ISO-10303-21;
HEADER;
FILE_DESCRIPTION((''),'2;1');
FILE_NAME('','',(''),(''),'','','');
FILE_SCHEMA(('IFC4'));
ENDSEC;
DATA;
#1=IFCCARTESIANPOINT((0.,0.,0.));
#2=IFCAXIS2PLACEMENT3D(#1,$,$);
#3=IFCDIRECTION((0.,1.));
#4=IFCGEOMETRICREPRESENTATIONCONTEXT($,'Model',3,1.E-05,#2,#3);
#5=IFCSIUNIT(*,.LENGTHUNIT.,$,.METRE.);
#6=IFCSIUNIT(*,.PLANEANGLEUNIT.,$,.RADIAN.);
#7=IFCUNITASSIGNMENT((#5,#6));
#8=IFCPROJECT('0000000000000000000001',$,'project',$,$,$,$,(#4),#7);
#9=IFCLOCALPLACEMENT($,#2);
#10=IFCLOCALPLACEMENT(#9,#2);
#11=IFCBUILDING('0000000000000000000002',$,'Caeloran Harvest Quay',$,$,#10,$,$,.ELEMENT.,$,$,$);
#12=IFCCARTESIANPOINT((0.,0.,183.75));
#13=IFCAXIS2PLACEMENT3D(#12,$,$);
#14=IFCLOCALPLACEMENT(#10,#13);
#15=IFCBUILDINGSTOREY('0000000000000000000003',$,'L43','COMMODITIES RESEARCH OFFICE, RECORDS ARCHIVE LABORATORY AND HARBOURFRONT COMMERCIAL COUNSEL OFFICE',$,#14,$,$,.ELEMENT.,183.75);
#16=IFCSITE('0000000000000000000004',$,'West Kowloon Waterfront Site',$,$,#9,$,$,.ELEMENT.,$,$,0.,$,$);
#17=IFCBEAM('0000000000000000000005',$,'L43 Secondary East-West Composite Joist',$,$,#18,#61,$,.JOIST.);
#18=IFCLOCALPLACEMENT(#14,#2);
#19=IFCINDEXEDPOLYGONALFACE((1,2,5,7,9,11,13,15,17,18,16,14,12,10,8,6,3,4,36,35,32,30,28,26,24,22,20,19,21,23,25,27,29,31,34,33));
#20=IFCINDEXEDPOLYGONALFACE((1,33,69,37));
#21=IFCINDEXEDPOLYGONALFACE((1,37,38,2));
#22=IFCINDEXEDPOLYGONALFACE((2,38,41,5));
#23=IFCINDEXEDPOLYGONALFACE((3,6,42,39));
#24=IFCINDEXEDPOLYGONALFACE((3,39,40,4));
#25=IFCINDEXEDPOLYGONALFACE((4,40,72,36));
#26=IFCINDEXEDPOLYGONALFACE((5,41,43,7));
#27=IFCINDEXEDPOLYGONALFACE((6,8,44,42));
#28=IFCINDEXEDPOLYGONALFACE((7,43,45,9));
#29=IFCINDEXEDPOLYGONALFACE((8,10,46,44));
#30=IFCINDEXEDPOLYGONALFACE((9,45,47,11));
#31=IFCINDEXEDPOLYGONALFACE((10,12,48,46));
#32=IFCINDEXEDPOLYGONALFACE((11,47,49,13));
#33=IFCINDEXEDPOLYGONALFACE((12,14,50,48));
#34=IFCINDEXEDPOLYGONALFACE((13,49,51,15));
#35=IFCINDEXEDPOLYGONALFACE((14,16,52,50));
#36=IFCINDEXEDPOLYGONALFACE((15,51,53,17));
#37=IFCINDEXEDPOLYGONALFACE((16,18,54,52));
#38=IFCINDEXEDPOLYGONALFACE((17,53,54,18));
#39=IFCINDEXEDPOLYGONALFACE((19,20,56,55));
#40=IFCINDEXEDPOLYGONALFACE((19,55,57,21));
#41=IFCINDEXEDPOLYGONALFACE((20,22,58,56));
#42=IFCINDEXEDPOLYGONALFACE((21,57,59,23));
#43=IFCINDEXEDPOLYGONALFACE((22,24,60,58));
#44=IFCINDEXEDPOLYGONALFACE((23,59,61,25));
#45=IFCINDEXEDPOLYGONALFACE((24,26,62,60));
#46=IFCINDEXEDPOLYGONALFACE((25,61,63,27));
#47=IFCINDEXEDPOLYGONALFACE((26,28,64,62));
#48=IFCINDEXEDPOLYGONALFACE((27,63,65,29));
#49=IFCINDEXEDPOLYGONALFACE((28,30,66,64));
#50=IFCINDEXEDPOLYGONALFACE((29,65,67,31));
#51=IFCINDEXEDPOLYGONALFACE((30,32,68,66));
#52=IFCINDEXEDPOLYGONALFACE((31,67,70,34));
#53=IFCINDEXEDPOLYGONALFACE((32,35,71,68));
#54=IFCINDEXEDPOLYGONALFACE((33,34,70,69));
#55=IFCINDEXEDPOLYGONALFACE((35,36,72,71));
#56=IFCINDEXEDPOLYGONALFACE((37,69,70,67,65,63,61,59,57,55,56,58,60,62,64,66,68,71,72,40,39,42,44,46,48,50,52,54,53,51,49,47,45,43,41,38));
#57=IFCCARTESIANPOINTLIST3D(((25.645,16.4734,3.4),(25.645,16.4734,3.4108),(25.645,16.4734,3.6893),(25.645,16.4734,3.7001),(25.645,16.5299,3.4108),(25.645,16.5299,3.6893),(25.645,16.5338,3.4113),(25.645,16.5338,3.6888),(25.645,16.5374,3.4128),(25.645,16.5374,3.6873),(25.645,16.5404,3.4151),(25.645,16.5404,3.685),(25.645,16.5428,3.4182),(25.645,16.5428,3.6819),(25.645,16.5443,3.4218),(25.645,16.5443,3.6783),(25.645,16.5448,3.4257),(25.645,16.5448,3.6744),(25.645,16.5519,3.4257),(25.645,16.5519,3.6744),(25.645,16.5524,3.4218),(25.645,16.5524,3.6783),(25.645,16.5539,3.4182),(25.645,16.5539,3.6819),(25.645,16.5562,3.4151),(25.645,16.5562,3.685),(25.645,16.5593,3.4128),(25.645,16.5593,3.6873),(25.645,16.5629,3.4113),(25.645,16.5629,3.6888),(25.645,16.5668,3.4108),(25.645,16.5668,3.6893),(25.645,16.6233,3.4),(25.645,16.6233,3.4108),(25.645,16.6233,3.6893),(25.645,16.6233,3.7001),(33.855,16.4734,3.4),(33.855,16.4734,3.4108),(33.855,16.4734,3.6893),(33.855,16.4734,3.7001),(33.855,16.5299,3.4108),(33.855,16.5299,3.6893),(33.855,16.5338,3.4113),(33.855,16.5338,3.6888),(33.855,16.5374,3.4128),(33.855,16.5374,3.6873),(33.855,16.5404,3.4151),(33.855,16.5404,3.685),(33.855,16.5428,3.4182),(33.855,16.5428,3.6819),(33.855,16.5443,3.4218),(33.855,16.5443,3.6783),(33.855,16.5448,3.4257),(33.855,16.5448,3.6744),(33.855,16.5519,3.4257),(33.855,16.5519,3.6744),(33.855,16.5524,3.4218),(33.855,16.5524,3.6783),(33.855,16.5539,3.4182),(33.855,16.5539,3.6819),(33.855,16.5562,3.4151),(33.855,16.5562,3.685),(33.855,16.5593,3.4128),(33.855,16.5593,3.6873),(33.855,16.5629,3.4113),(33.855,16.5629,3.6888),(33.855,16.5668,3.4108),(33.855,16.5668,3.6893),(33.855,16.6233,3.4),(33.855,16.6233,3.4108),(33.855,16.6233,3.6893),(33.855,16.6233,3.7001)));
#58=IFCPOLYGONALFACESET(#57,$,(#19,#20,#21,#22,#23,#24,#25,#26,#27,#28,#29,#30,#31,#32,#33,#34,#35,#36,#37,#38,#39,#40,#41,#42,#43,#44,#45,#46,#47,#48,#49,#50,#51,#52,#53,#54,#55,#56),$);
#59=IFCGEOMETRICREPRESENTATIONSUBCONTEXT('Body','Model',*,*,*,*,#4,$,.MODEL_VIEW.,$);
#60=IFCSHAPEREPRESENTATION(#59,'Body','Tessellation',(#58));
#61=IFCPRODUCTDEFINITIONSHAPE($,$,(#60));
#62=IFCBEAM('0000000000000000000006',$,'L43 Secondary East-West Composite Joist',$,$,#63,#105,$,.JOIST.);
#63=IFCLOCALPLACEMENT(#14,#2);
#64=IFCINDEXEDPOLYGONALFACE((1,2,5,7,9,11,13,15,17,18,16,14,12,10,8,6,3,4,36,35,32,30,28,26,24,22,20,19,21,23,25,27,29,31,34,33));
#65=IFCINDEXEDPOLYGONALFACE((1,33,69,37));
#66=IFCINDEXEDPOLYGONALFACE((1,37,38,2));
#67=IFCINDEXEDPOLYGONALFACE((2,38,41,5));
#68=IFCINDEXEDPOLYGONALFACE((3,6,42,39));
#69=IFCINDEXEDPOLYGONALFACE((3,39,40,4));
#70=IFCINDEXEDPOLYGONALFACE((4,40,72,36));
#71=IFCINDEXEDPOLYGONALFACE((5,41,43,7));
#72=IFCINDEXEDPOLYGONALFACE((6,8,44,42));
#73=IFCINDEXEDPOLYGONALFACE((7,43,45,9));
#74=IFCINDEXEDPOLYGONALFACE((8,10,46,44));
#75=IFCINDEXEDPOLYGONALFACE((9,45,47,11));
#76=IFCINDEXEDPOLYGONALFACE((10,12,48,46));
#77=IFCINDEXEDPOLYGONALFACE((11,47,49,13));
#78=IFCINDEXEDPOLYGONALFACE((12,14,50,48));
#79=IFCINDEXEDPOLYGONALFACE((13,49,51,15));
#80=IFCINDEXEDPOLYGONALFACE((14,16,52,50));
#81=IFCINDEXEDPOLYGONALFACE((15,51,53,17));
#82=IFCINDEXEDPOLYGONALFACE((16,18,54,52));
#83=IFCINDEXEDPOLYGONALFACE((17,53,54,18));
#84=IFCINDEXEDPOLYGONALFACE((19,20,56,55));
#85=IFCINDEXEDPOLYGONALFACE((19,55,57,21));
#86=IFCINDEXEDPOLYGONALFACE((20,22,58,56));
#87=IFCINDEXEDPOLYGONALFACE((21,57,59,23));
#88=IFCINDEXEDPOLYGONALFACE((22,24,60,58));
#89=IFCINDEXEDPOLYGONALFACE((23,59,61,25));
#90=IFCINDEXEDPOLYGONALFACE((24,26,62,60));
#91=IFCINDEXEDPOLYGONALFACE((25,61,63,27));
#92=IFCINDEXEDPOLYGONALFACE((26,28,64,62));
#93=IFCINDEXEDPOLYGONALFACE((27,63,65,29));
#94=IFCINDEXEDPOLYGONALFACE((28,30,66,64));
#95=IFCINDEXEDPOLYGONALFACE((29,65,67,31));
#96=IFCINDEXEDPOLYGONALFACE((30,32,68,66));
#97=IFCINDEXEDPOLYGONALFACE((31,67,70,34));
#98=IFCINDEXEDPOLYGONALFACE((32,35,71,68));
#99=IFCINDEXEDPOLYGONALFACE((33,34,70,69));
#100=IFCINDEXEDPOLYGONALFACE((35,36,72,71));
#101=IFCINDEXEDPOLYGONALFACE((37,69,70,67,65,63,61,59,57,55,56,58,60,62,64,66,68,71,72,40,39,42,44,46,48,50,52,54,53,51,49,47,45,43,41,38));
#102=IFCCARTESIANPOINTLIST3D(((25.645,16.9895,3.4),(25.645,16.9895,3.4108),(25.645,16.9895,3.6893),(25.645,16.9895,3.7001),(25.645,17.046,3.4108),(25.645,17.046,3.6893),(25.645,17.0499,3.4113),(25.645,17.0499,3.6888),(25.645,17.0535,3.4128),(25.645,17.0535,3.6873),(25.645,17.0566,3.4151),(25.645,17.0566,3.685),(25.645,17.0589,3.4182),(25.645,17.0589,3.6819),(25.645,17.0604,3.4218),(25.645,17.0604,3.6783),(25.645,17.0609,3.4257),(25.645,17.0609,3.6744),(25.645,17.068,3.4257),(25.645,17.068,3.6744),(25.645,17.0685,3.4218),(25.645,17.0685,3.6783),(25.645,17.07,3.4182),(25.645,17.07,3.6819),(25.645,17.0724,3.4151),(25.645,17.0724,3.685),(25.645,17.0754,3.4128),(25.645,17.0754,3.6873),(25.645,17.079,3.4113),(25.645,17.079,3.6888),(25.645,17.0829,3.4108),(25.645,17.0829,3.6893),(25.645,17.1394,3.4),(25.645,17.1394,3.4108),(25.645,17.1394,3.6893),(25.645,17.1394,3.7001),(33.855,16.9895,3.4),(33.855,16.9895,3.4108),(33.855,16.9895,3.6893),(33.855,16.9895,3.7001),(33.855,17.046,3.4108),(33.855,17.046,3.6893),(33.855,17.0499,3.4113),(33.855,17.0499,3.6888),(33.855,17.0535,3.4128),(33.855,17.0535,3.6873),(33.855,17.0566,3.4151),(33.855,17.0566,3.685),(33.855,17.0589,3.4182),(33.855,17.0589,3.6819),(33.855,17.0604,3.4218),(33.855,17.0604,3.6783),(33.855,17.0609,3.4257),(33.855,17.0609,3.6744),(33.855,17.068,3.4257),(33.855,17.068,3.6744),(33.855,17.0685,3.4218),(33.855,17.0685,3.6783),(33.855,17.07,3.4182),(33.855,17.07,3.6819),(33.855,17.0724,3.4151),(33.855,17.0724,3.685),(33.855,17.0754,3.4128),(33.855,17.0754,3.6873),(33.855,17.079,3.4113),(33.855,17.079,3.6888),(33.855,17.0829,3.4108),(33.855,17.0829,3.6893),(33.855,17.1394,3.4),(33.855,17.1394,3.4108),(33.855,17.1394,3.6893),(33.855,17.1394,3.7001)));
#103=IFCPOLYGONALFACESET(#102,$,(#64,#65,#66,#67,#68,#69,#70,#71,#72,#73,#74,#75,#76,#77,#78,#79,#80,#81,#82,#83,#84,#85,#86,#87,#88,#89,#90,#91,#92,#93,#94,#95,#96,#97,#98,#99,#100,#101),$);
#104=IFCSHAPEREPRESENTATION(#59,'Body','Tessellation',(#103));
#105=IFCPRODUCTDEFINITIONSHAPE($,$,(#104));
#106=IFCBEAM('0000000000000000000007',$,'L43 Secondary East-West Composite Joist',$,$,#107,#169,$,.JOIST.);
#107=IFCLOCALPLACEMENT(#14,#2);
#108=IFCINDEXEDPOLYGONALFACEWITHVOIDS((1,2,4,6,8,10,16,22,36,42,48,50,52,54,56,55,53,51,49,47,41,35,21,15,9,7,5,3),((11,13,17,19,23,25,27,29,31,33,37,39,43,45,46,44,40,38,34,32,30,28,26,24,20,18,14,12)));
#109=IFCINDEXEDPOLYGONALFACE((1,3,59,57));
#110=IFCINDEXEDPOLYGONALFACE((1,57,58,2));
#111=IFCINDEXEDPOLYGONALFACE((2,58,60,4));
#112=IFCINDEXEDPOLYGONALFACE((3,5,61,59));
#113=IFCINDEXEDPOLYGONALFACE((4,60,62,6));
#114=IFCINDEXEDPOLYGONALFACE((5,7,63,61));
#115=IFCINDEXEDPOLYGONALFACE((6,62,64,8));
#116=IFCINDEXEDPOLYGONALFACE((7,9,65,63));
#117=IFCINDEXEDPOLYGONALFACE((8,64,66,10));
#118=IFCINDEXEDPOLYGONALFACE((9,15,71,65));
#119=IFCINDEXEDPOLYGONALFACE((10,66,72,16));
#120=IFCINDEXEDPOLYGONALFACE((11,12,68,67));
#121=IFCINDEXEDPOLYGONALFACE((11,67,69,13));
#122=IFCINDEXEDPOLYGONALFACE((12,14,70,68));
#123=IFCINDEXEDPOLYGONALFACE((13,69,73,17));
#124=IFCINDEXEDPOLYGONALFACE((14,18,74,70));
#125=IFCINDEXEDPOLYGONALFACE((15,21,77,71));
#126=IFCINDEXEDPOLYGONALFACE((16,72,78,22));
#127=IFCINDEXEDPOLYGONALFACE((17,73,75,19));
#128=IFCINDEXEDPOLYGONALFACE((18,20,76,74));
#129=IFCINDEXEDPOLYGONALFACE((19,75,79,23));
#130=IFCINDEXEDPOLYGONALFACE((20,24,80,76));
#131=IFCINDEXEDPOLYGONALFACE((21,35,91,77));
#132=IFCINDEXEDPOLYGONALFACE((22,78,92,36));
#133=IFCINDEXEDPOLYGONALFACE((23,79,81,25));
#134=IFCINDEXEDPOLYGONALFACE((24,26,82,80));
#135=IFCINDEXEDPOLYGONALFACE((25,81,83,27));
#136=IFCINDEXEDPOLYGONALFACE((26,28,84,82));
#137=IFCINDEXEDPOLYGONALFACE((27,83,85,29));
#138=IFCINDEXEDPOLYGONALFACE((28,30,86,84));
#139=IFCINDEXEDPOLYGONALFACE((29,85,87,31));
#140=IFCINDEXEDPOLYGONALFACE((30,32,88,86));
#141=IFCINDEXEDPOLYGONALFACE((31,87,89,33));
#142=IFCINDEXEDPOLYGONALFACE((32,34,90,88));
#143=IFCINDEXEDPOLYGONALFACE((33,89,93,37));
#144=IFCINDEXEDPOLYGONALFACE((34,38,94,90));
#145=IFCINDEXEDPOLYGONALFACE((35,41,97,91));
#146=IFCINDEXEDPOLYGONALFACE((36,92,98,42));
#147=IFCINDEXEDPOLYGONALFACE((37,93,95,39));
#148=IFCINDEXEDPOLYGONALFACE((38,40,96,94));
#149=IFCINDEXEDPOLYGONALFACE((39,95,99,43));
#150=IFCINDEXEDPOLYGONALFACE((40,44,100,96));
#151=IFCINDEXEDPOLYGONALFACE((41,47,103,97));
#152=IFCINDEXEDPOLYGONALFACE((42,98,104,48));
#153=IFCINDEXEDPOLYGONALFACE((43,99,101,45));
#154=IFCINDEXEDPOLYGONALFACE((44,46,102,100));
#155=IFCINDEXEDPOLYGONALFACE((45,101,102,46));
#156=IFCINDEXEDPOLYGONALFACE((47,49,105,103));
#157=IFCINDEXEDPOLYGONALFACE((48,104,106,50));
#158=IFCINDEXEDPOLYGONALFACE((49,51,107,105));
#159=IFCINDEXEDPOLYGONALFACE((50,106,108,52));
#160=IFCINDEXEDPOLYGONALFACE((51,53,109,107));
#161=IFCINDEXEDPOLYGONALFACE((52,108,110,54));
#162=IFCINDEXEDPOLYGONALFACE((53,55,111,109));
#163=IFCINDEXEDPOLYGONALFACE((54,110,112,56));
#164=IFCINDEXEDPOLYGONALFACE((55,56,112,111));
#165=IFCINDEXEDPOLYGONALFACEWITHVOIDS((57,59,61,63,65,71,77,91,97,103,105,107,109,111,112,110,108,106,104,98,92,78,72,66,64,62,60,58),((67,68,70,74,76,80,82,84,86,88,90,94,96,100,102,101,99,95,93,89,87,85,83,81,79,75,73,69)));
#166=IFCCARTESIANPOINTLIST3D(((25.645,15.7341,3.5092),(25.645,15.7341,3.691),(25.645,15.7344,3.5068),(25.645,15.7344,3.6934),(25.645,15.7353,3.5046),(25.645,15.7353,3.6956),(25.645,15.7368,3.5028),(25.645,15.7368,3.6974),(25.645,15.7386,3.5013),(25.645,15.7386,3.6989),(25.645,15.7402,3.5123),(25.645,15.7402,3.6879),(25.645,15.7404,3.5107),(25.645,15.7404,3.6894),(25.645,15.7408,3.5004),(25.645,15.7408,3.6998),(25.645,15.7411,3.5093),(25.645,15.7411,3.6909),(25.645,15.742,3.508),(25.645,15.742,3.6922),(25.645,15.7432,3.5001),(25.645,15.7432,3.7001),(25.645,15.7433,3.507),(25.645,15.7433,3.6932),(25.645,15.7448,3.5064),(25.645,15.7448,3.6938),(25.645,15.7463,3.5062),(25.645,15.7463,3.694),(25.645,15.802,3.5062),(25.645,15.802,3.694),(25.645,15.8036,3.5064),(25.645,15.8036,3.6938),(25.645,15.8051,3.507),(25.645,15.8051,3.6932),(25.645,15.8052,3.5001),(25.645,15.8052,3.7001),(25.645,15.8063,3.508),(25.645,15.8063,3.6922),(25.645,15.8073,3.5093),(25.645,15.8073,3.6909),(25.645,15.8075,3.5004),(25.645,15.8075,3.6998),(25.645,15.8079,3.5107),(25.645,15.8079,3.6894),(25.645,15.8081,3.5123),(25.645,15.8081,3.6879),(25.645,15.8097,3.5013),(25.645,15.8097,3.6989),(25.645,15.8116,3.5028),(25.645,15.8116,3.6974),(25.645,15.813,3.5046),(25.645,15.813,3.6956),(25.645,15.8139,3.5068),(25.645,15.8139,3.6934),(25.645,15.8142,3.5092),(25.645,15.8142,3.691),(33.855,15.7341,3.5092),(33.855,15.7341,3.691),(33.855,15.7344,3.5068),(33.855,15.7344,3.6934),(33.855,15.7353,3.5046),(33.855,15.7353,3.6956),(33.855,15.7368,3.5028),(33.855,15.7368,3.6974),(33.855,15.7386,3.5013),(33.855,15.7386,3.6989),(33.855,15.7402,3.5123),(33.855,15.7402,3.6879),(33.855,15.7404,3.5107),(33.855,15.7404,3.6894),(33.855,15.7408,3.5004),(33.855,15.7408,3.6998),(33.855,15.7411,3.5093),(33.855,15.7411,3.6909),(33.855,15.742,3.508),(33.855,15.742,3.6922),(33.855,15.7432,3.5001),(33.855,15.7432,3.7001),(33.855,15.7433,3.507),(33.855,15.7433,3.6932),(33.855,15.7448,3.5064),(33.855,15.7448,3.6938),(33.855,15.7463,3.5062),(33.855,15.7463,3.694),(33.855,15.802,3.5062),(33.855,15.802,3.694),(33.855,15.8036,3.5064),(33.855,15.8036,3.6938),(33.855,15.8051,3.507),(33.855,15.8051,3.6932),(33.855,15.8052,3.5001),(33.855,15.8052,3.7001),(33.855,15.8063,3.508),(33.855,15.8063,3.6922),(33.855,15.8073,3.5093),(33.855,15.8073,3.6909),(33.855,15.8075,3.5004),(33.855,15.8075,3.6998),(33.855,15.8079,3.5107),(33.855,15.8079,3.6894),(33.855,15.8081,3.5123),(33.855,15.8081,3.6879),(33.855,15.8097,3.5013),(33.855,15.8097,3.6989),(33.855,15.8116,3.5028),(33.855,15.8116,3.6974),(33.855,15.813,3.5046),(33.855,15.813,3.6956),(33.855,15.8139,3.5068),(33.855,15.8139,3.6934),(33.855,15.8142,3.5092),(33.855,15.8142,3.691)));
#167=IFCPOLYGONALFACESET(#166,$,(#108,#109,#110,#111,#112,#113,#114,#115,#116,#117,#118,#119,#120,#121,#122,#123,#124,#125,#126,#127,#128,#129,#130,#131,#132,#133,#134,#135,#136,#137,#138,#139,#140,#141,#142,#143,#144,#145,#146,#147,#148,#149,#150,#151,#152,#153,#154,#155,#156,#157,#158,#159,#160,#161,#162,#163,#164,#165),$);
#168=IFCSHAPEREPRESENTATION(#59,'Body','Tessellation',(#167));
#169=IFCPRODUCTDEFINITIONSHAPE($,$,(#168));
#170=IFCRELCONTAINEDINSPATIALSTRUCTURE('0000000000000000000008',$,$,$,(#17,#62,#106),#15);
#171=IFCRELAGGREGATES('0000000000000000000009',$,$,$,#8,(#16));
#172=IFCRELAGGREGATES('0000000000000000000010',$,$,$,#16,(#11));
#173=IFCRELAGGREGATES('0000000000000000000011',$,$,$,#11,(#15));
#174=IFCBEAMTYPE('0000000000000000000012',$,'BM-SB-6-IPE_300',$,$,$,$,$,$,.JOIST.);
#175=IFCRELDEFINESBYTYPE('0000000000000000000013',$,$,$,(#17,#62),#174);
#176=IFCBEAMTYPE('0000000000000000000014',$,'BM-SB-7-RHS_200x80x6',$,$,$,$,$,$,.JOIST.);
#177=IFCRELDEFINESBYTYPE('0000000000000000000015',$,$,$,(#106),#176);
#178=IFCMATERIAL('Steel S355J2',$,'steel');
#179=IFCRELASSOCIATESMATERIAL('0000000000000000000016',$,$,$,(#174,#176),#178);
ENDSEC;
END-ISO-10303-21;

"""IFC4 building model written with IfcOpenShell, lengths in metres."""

from ifc_helpers import new_model, si_unit, direction, frame, origin, origin_2d, place, context, subcontext, project, spatial, hollow_rectangle, i_section, extrude, material, material_profile, profile_set, type_object, element, save


model = new_model("IFC4")

# Units and contexts
model_context = context("Model", 3, precision=1e-05, world=origin(), true_north=direction((0.0, 1.0)))
body_context = subcontext(model_context, "Body", "Model", "MODEL_VIEW")
ifc_project = project(units=[si_unit("LENGTHUNIT", "METRE"), si_unit("PLANEANGLEUNIT", "RADIAN")], contexts=[model_context])

# Site, building, storey
site_placement = place(None, origin())
site = spatial("IfcSite", under=ifc_project, at=site_placement, Name="West Kowloon Waterfront Site", CompositionType="ELEMENT", RefElevation=0.0)
building_placement = place(site_placement, origin())
building = spatial("IfcBuilding", under=site, at=building_placement, Name="Caeloran Harvest Quay", CompositionType="ELEMENT")
storey_placement = place(building_placement, frame((0.0, 0.0, 183.75)))
storey = spatial("IfcBuildingStorey", under=building, at=storey_placement, Name="L43", Description="COMMODITIES RESEARCH OFFICE, RECORDS ARCHIVE LABORATORY AND HARBOURFRONT COMMERCIAL COUNSEL OFFICE", CompositionType="ELEMENT", Elevation=183.75)

# Beams
ifc_material_1 = material(Name="Steel S355J2", Category="steel")
ifc_material_profile_1 = material_profile(ifc_material_1, i_section(OverallWidth=0.1499, OverallDepth=0.3, WebThickness=0.0071, FlangeThickness=0.0107, FilletRadius=0.0149, at=origin_2d()), Name="IPE 300")
ifc_profile_set_1 = profile_set([ifc_material_profile_1], Name="Steel S355J2")
beam_type_1 = type_object("IfcBeamType", Name="BM-SB-6-IPE_300", PredefinedType="JOIST", material=ifc_profile_set_1)
for number, where, z_axis, x_axis, name in (
    (1, (25.645, 16.5483, 3.55), (1.0, 0.0, 0.0), (0.0, 1.0, 0.0), "L43 Secondary East-West Composite Joist"),
    (2, (25.645, 17.0645, 3.55), (1.0, 0.0, 0.0), (0.0, 1.0, 0.0), "L43 Secondary East-West Composite Joist"),
):
    element("IfcBeam", number, at=place(storey_placement, frame(where, z_axis=z_axis, x_axis=x_axis)), inside=storey, type_object=beam_type_1, Name=name, PredefinedType="JOIST", context=body_context, shape_type="SweptSolid", body=[
        extrude(i_section(OverallWidth=0.1499, OverallDepth=0.3, WebThickness=0.0071, FlangeThickness=0.0107, FilletRadius=0.0149, at=origin_2d()), origin(), (0.0, 0.0, 1.0), 8.21),
    ])
ifc_material_profile_2 = material_profile(ifc_material_1, hollow_rectangle(XDim=0.0801, YDim=0.2, WallThickness=0.0061, InnerFilletRadius=0.0061, OuterFilletRadius=0.009, at=origin_2d()), Name="RHS 200x80x6")
ifc_profile_set_2 = profile_set([ifc_material_profile_2], Name="Steel S355J2")
beam_type_2 = type_object("IfcBeamType", Name="BM-SB-7-RHS_200x80x6", PredefinedType="JOIST", material=ifc_profile_set_2)
for number, where, z_axis, x_axis, name in (
    (3, (25.645, 15.7742, 3.6001), (1.0, 0.0, 0.0), (0.0, 1.0, 0.0), "L43 Secondary East-West Composite Joist"),
):
    element("IfcBeam", number, at=place(storey_placement, frame(where, z_axis=z_axis, x_axis=x_axis)), inside=storey, type_object=beam_type_2, Name=name, PredefinedType="JOIST", context=body_context, shape_type="SweptSolid", body=[
        extrude(hollow_rectangle(XDim=0.0801, YDim=0.2, WallThickness=0.0061, InnerFilletRadius=0.0061, OuterFilletRadius=0.009, at=origin_2d()), origin(), (0.0, 0.0, 1.0), 8.21),
    ])

save(model, "model.ifc")
